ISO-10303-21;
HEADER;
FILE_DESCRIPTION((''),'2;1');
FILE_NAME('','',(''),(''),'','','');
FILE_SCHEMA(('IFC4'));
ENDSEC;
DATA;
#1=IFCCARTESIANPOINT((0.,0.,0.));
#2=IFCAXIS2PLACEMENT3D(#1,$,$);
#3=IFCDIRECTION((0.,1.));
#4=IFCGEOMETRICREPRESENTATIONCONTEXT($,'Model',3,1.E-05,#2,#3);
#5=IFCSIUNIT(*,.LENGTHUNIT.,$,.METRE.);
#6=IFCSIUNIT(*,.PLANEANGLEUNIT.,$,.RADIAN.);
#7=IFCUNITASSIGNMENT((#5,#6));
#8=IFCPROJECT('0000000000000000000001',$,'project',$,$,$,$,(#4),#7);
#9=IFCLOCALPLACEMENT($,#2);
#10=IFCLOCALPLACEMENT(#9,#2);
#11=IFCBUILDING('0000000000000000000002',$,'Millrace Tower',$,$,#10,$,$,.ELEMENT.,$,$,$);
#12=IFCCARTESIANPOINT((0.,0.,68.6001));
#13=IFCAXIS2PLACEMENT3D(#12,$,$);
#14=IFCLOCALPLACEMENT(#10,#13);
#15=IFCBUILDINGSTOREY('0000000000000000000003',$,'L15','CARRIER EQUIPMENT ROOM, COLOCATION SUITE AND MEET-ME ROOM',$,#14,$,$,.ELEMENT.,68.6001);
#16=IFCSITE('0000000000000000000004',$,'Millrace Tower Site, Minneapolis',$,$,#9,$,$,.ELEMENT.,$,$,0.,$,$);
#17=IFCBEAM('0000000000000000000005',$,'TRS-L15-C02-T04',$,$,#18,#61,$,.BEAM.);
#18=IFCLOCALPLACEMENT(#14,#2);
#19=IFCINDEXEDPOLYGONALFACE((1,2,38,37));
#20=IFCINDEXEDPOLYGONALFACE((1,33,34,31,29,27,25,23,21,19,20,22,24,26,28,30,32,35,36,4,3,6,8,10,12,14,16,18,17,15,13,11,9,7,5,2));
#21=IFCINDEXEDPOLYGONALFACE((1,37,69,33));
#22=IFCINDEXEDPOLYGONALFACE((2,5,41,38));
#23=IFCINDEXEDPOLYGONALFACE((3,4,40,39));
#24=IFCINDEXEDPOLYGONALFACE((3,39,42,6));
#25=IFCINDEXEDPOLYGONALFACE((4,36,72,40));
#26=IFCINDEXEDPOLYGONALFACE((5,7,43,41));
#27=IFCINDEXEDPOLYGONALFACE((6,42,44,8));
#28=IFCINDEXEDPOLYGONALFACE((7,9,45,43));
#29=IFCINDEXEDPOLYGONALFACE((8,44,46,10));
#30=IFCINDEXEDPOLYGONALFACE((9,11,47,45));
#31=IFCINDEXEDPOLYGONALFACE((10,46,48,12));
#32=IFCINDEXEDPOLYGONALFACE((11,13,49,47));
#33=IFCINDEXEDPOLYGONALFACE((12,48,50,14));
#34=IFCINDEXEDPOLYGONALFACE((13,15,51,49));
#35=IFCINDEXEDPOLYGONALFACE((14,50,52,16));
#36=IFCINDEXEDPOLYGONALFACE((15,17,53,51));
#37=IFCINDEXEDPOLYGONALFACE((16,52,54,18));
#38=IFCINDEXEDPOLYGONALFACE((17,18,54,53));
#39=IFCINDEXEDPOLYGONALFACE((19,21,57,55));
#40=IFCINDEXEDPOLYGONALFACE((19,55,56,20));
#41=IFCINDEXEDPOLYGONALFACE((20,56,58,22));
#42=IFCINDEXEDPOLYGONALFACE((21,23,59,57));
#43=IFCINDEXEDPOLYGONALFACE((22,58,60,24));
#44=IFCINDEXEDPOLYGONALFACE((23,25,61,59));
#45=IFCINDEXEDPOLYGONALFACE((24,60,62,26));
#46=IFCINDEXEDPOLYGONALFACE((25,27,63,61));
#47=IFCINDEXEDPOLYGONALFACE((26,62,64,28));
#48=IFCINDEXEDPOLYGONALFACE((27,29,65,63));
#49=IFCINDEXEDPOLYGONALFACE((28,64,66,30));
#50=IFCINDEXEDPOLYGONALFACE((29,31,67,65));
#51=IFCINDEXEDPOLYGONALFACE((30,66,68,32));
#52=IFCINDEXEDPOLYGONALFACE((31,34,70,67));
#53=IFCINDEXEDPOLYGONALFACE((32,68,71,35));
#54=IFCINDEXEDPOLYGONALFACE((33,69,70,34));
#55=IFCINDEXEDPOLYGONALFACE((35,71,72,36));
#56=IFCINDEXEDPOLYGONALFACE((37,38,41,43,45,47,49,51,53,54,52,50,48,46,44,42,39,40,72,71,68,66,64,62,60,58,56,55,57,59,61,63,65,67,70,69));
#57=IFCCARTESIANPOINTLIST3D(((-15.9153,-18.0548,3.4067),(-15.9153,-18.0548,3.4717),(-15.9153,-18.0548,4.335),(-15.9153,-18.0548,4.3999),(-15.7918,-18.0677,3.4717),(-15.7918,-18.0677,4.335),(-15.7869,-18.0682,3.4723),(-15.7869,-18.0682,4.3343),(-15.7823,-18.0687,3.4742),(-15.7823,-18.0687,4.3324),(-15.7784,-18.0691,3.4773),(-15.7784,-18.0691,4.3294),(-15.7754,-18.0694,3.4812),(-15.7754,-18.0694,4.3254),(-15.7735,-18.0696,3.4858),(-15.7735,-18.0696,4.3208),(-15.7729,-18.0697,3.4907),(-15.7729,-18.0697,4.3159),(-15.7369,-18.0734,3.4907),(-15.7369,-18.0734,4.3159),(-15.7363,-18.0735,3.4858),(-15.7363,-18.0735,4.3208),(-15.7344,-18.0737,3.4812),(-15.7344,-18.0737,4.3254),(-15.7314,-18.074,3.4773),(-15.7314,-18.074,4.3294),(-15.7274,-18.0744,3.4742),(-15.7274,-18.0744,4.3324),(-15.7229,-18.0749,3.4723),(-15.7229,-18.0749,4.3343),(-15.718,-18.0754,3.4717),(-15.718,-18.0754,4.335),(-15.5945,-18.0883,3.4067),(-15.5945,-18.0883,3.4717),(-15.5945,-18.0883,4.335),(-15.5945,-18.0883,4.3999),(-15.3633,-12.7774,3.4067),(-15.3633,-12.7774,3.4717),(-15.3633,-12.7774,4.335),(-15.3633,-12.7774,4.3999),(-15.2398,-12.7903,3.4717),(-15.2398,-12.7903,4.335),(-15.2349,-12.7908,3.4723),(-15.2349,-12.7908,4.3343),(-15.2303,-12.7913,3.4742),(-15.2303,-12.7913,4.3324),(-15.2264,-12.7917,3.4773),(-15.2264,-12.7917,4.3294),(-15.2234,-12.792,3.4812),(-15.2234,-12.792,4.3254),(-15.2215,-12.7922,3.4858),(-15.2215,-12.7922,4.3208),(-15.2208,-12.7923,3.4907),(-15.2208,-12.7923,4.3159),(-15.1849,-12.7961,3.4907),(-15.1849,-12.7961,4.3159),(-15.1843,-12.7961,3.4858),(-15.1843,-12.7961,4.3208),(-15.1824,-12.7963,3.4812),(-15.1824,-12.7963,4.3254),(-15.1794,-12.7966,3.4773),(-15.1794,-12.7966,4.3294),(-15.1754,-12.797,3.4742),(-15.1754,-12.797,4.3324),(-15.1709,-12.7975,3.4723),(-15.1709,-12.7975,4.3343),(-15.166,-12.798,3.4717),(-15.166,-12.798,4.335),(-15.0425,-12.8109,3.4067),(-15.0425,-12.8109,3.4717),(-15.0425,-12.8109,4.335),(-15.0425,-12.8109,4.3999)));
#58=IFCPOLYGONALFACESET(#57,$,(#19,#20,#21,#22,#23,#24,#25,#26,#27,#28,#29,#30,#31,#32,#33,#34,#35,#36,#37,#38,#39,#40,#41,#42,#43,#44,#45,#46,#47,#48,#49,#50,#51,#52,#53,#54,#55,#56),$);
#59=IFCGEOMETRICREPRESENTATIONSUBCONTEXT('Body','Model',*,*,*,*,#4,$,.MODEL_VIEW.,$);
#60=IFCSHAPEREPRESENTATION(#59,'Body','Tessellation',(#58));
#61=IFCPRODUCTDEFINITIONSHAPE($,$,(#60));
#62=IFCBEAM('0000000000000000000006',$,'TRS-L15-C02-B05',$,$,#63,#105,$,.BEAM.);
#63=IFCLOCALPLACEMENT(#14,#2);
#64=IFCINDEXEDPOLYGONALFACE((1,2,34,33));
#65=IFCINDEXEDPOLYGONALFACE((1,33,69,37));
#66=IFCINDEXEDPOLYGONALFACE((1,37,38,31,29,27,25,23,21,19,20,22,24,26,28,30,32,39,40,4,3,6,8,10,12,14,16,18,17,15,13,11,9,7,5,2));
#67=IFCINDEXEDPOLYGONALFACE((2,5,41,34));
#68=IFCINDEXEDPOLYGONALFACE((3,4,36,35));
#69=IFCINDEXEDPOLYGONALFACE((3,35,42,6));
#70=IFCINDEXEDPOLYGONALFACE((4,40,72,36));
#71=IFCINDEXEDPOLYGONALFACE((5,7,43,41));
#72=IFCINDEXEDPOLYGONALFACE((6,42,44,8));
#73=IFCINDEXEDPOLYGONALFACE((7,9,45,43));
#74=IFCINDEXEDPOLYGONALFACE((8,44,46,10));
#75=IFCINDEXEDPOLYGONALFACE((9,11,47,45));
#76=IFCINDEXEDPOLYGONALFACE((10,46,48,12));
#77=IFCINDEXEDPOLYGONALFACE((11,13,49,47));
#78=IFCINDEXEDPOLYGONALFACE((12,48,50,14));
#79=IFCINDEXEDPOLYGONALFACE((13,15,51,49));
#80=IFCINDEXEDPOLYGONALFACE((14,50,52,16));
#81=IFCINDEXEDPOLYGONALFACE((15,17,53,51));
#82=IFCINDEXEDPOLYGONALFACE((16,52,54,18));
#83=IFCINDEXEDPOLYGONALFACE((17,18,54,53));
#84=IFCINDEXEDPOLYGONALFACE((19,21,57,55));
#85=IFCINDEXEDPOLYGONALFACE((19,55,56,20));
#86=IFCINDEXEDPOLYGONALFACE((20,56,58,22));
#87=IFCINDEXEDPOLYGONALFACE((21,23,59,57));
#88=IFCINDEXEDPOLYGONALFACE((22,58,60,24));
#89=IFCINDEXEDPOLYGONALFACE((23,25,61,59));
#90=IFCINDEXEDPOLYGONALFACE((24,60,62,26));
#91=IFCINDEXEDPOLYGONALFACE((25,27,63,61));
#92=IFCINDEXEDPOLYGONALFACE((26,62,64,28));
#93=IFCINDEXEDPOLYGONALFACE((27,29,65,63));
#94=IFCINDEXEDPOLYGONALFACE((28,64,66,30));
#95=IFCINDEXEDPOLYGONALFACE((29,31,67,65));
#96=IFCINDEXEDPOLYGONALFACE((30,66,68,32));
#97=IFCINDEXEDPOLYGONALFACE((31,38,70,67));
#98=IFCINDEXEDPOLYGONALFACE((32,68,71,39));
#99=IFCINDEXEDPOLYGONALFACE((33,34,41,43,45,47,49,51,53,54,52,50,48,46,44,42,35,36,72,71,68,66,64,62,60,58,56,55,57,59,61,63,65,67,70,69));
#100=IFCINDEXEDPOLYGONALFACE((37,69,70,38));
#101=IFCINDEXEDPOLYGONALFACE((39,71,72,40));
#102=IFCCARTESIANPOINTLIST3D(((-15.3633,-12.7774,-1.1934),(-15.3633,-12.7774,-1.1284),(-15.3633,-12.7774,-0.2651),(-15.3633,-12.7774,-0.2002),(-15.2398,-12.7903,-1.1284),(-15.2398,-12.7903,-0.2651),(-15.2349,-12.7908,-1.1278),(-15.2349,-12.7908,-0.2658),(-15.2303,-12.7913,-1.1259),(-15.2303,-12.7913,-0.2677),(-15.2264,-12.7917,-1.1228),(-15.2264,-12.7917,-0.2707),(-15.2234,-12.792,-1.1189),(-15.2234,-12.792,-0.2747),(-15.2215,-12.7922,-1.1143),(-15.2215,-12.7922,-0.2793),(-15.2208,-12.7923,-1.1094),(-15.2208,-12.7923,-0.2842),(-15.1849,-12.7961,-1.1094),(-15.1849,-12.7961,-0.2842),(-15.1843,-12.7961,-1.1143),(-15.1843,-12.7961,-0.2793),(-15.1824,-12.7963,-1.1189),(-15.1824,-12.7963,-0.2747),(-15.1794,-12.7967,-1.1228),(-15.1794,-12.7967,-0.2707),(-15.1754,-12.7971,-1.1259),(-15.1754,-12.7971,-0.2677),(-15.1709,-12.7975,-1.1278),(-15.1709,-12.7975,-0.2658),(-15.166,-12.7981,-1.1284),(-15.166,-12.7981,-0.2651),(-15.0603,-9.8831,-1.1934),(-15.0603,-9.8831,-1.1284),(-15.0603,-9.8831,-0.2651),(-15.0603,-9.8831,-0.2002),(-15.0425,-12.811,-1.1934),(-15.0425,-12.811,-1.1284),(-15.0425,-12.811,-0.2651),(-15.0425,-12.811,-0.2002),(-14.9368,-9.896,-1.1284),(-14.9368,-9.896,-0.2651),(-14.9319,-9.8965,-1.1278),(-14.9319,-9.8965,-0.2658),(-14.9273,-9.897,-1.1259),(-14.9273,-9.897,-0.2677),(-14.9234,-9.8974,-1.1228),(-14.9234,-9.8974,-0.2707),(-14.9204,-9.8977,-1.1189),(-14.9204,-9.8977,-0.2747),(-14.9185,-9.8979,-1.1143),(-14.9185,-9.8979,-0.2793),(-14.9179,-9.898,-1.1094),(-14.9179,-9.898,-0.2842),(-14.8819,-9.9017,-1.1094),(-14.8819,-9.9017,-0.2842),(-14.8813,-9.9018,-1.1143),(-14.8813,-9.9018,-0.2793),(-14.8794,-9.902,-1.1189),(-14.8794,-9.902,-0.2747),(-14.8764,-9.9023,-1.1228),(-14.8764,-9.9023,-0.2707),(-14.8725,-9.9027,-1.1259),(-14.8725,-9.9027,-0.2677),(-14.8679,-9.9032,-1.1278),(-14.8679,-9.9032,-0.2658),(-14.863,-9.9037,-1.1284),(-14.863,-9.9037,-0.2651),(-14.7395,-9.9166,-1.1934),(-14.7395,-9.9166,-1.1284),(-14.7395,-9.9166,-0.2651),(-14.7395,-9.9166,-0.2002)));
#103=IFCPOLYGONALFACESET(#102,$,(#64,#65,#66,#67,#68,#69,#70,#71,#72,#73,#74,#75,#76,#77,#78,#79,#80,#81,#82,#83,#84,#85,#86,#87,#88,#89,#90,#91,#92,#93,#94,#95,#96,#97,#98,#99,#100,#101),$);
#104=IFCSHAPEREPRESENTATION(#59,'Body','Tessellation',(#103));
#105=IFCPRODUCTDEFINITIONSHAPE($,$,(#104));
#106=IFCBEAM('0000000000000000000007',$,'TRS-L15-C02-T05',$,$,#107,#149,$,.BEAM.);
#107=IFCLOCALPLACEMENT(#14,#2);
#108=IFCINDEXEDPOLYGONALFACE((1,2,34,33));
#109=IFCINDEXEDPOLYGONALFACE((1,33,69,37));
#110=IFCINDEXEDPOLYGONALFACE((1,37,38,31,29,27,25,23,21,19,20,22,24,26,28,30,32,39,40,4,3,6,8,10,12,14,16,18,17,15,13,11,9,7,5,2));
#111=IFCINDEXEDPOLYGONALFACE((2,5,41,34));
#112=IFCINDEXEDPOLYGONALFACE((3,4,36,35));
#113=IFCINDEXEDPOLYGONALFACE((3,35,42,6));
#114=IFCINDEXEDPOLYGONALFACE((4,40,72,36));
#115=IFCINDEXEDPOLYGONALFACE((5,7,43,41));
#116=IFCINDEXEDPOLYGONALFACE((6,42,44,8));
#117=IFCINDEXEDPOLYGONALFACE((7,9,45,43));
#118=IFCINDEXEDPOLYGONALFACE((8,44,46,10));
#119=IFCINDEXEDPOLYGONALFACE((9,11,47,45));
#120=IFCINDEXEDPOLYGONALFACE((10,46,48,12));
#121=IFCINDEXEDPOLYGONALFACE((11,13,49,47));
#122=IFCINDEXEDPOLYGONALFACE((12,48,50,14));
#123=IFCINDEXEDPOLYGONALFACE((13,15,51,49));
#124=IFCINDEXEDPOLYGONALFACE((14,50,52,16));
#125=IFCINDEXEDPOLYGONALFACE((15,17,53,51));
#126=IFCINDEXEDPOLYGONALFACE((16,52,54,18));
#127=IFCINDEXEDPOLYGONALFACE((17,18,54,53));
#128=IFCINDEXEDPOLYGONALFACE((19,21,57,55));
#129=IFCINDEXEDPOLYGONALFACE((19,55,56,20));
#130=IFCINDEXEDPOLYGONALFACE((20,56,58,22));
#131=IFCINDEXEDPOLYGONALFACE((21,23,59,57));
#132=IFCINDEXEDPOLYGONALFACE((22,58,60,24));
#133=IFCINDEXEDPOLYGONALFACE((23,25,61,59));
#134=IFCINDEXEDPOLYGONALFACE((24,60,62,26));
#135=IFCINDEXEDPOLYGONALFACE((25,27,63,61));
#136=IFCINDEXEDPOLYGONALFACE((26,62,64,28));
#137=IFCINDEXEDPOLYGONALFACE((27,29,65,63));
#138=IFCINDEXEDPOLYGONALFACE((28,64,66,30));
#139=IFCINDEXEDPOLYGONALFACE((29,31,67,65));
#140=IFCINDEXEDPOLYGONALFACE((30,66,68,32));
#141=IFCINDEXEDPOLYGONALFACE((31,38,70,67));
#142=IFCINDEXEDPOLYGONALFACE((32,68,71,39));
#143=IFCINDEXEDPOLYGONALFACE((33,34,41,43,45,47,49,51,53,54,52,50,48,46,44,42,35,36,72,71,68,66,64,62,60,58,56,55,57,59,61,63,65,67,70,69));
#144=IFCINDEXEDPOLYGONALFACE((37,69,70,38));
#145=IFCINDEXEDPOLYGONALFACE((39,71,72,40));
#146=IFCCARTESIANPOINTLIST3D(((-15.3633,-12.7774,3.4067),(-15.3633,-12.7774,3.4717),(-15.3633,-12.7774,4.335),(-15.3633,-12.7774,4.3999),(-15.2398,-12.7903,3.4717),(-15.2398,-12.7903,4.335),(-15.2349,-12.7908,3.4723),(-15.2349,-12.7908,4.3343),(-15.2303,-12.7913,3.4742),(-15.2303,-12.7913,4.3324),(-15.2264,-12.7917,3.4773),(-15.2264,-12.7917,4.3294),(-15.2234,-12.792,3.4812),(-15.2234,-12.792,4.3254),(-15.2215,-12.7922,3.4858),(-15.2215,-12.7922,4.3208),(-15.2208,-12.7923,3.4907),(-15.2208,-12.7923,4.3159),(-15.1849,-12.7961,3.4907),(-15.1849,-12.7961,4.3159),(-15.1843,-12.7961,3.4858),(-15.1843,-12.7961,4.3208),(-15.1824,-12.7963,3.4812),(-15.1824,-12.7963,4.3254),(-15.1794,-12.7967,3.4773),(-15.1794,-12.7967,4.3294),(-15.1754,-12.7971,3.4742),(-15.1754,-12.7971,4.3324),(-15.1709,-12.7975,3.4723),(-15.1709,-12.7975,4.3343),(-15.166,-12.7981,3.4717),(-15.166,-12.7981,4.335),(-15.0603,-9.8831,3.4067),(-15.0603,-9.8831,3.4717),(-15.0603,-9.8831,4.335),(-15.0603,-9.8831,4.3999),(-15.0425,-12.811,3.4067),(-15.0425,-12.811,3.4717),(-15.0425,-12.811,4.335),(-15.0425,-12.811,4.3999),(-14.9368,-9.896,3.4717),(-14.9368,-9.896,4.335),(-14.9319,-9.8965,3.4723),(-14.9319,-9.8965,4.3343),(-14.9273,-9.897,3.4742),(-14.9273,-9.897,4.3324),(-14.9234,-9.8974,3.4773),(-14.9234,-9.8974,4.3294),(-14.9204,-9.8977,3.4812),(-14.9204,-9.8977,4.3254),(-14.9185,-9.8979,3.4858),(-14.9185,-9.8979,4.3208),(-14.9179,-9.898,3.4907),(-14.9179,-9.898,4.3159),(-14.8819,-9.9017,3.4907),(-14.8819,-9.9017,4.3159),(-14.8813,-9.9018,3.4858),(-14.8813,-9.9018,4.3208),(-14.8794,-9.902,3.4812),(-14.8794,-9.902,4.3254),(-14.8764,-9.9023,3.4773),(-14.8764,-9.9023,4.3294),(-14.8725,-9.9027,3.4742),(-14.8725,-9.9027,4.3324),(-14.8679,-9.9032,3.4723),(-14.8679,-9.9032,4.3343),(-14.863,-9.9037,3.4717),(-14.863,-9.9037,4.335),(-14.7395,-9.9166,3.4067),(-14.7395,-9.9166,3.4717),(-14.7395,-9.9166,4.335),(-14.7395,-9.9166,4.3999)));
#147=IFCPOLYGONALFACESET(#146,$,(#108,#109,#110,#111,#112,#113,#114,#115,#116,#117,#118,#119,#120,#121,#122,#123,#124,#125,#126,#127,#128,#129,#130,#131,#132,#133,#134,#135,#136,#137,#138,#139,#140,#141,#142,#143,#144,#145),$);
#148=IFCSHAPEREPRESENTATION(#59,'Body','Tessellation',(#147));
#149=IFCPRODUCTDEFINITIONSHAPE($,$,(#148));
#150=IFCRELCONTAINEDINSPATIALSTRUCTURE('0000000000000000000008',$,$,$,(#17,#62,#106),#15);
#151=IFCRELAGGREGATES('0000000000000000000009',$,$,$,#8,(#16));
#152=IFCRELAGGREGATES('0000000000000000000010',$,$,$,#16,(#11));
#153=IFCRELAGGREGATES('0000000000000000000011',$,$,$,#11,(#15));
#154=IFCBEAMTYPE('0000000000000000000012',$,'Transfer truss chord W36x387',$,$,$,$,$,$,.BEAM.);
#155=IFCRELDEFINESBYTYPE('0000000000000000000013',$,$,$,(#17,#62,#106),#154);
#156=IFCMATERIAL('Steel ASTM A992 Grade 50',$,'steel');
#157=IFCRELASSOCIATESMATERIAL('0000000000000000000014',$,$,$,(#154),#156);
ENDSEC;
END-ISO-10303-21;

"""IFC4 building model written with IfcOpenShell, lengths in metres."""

from ifc_helpers import new_model, si_unit, direction, frame, origin, origin_2d, place, context, subcontext, project, spatial, i_section, extrude, material, material_profile, profile_set, type_object, element, save


model = new_model("IFC4")

# Units and contexts
model_context = context("Model", 3, precision=1e-05, world=origin(), true_north=direction((0.0, 1.0)))
body_context = subcontext(model_context, "Body", "Model", "MODEL_VIEW")
ifc_project = project(units=[si_unit("LENGTHUNIT", "METRE"), si_unit("PLANEANGLEUNIT", "RADIAN")], contexts=[model_context])

# Site, building, storey
site_placement = place(None, origin())
site = spatial("IfcSite", under=ifc_project, at=site_placement, Name="Millrace Tower Site, Minneapolis", CompositionType="ELEMENT", RefElevation=0.0)
building_placement = place(site_placement, origin())
building = spatial("IfcBuilding", under=site, at=building_placement, Name="Millrace Tower", CompositionType="ELEMENT")
storey_placement = place(building_placement, frame((0.0, 0.0, 68.6001)))
storey = spatial("IfcBuildingStorey", under=building, at=storey_placement, Name="L15", Description="CARRIER EQUIPMENT ROOM, COLOCATION SUITE AND MEET-ME ROOM", CompositionType="ELEMENT", Elevation=68.6001)

# Beams
ifc_material_1 = material(Name="Steel ASTM A992 Grade 50", Category="steel")
ifc_material_profile_1 = material_profile(ifc_material_1, i_section(OverallWidth=0.3225, OverallDepth=0.9932, WebThickness=0.0361, FlangeThickness=0.0649, FilletRadius=0.019, at=origin_2d()))
ifc_profile_set_1 = profile_set([ifc_material_profile_1], Name="Steel ASTM A992 Grade 50")
beam_type_1 = type_object("IfcBeamType", Name="Transfer truss chord W36x387", PredefinedType="BEAM", material=ifc_profile_set_1)
for number, where, z_axis, x_axis, name in (
    (1, (-15.7549, -18.0715, 3.9033), (0.104031, 0.994574, 0.0), (-0.994574, 0.104031, 0.0), "TRS-L15-C02-T04"),
):
    element("IfcBeam", number, at=place(storey_placement, frame(where, z_axis=z_axis, x_axis=x_axis)), inside=storey, type_object=beam_type_1, Name=name, PredefinedType="BEAM", context=body_context, shape_type="SweptSolid", body=[
        extrude(i_section(OverallWidth=0.3225, OverallDepth=0.9932, WebThickness=0.0361, FlangeThickness=0.0649, FilletRadius=0.019, at=origin_2d()), origin(), (0.0, 0.0, 1.0), 5.3062),
    ])
for number, where, z_axis, x_axis, name in (
    (2, (-15.2029, -12.7942, -0.6968), (0.104113, 0.994566, 0.0), (-0.994566, 0.104113, 0.0), "TRS-L15-C02-B05"),
    (3, (-15.2029, -12.7942, 3.9033), (0.104113, 0.994566, 0.0), (-0.994566, 0.104113, 0.0), "TRS-L15-C02-T05"),
):
    element("IfcBeam", number, at=place(storey_placement, frame(where, z_axis=z_axis, x_axis=x_axis)), inside=storey, type_object=beam_type_1, Name=name, PredefinedType="BEAM", context=body_context, shape_type="SweptSolid", body=[
        extrude(i_section(OverallWidth=0.3225, OverallDepth=0.9932, WebThickness=0.0361, FlangeThickness=0.0649, FilletRadius=0.019, at=origin_2d()), origin(), (0.0, 0.0, 1.0), 2.9102),
    ])

save(model, "model.ifc")
